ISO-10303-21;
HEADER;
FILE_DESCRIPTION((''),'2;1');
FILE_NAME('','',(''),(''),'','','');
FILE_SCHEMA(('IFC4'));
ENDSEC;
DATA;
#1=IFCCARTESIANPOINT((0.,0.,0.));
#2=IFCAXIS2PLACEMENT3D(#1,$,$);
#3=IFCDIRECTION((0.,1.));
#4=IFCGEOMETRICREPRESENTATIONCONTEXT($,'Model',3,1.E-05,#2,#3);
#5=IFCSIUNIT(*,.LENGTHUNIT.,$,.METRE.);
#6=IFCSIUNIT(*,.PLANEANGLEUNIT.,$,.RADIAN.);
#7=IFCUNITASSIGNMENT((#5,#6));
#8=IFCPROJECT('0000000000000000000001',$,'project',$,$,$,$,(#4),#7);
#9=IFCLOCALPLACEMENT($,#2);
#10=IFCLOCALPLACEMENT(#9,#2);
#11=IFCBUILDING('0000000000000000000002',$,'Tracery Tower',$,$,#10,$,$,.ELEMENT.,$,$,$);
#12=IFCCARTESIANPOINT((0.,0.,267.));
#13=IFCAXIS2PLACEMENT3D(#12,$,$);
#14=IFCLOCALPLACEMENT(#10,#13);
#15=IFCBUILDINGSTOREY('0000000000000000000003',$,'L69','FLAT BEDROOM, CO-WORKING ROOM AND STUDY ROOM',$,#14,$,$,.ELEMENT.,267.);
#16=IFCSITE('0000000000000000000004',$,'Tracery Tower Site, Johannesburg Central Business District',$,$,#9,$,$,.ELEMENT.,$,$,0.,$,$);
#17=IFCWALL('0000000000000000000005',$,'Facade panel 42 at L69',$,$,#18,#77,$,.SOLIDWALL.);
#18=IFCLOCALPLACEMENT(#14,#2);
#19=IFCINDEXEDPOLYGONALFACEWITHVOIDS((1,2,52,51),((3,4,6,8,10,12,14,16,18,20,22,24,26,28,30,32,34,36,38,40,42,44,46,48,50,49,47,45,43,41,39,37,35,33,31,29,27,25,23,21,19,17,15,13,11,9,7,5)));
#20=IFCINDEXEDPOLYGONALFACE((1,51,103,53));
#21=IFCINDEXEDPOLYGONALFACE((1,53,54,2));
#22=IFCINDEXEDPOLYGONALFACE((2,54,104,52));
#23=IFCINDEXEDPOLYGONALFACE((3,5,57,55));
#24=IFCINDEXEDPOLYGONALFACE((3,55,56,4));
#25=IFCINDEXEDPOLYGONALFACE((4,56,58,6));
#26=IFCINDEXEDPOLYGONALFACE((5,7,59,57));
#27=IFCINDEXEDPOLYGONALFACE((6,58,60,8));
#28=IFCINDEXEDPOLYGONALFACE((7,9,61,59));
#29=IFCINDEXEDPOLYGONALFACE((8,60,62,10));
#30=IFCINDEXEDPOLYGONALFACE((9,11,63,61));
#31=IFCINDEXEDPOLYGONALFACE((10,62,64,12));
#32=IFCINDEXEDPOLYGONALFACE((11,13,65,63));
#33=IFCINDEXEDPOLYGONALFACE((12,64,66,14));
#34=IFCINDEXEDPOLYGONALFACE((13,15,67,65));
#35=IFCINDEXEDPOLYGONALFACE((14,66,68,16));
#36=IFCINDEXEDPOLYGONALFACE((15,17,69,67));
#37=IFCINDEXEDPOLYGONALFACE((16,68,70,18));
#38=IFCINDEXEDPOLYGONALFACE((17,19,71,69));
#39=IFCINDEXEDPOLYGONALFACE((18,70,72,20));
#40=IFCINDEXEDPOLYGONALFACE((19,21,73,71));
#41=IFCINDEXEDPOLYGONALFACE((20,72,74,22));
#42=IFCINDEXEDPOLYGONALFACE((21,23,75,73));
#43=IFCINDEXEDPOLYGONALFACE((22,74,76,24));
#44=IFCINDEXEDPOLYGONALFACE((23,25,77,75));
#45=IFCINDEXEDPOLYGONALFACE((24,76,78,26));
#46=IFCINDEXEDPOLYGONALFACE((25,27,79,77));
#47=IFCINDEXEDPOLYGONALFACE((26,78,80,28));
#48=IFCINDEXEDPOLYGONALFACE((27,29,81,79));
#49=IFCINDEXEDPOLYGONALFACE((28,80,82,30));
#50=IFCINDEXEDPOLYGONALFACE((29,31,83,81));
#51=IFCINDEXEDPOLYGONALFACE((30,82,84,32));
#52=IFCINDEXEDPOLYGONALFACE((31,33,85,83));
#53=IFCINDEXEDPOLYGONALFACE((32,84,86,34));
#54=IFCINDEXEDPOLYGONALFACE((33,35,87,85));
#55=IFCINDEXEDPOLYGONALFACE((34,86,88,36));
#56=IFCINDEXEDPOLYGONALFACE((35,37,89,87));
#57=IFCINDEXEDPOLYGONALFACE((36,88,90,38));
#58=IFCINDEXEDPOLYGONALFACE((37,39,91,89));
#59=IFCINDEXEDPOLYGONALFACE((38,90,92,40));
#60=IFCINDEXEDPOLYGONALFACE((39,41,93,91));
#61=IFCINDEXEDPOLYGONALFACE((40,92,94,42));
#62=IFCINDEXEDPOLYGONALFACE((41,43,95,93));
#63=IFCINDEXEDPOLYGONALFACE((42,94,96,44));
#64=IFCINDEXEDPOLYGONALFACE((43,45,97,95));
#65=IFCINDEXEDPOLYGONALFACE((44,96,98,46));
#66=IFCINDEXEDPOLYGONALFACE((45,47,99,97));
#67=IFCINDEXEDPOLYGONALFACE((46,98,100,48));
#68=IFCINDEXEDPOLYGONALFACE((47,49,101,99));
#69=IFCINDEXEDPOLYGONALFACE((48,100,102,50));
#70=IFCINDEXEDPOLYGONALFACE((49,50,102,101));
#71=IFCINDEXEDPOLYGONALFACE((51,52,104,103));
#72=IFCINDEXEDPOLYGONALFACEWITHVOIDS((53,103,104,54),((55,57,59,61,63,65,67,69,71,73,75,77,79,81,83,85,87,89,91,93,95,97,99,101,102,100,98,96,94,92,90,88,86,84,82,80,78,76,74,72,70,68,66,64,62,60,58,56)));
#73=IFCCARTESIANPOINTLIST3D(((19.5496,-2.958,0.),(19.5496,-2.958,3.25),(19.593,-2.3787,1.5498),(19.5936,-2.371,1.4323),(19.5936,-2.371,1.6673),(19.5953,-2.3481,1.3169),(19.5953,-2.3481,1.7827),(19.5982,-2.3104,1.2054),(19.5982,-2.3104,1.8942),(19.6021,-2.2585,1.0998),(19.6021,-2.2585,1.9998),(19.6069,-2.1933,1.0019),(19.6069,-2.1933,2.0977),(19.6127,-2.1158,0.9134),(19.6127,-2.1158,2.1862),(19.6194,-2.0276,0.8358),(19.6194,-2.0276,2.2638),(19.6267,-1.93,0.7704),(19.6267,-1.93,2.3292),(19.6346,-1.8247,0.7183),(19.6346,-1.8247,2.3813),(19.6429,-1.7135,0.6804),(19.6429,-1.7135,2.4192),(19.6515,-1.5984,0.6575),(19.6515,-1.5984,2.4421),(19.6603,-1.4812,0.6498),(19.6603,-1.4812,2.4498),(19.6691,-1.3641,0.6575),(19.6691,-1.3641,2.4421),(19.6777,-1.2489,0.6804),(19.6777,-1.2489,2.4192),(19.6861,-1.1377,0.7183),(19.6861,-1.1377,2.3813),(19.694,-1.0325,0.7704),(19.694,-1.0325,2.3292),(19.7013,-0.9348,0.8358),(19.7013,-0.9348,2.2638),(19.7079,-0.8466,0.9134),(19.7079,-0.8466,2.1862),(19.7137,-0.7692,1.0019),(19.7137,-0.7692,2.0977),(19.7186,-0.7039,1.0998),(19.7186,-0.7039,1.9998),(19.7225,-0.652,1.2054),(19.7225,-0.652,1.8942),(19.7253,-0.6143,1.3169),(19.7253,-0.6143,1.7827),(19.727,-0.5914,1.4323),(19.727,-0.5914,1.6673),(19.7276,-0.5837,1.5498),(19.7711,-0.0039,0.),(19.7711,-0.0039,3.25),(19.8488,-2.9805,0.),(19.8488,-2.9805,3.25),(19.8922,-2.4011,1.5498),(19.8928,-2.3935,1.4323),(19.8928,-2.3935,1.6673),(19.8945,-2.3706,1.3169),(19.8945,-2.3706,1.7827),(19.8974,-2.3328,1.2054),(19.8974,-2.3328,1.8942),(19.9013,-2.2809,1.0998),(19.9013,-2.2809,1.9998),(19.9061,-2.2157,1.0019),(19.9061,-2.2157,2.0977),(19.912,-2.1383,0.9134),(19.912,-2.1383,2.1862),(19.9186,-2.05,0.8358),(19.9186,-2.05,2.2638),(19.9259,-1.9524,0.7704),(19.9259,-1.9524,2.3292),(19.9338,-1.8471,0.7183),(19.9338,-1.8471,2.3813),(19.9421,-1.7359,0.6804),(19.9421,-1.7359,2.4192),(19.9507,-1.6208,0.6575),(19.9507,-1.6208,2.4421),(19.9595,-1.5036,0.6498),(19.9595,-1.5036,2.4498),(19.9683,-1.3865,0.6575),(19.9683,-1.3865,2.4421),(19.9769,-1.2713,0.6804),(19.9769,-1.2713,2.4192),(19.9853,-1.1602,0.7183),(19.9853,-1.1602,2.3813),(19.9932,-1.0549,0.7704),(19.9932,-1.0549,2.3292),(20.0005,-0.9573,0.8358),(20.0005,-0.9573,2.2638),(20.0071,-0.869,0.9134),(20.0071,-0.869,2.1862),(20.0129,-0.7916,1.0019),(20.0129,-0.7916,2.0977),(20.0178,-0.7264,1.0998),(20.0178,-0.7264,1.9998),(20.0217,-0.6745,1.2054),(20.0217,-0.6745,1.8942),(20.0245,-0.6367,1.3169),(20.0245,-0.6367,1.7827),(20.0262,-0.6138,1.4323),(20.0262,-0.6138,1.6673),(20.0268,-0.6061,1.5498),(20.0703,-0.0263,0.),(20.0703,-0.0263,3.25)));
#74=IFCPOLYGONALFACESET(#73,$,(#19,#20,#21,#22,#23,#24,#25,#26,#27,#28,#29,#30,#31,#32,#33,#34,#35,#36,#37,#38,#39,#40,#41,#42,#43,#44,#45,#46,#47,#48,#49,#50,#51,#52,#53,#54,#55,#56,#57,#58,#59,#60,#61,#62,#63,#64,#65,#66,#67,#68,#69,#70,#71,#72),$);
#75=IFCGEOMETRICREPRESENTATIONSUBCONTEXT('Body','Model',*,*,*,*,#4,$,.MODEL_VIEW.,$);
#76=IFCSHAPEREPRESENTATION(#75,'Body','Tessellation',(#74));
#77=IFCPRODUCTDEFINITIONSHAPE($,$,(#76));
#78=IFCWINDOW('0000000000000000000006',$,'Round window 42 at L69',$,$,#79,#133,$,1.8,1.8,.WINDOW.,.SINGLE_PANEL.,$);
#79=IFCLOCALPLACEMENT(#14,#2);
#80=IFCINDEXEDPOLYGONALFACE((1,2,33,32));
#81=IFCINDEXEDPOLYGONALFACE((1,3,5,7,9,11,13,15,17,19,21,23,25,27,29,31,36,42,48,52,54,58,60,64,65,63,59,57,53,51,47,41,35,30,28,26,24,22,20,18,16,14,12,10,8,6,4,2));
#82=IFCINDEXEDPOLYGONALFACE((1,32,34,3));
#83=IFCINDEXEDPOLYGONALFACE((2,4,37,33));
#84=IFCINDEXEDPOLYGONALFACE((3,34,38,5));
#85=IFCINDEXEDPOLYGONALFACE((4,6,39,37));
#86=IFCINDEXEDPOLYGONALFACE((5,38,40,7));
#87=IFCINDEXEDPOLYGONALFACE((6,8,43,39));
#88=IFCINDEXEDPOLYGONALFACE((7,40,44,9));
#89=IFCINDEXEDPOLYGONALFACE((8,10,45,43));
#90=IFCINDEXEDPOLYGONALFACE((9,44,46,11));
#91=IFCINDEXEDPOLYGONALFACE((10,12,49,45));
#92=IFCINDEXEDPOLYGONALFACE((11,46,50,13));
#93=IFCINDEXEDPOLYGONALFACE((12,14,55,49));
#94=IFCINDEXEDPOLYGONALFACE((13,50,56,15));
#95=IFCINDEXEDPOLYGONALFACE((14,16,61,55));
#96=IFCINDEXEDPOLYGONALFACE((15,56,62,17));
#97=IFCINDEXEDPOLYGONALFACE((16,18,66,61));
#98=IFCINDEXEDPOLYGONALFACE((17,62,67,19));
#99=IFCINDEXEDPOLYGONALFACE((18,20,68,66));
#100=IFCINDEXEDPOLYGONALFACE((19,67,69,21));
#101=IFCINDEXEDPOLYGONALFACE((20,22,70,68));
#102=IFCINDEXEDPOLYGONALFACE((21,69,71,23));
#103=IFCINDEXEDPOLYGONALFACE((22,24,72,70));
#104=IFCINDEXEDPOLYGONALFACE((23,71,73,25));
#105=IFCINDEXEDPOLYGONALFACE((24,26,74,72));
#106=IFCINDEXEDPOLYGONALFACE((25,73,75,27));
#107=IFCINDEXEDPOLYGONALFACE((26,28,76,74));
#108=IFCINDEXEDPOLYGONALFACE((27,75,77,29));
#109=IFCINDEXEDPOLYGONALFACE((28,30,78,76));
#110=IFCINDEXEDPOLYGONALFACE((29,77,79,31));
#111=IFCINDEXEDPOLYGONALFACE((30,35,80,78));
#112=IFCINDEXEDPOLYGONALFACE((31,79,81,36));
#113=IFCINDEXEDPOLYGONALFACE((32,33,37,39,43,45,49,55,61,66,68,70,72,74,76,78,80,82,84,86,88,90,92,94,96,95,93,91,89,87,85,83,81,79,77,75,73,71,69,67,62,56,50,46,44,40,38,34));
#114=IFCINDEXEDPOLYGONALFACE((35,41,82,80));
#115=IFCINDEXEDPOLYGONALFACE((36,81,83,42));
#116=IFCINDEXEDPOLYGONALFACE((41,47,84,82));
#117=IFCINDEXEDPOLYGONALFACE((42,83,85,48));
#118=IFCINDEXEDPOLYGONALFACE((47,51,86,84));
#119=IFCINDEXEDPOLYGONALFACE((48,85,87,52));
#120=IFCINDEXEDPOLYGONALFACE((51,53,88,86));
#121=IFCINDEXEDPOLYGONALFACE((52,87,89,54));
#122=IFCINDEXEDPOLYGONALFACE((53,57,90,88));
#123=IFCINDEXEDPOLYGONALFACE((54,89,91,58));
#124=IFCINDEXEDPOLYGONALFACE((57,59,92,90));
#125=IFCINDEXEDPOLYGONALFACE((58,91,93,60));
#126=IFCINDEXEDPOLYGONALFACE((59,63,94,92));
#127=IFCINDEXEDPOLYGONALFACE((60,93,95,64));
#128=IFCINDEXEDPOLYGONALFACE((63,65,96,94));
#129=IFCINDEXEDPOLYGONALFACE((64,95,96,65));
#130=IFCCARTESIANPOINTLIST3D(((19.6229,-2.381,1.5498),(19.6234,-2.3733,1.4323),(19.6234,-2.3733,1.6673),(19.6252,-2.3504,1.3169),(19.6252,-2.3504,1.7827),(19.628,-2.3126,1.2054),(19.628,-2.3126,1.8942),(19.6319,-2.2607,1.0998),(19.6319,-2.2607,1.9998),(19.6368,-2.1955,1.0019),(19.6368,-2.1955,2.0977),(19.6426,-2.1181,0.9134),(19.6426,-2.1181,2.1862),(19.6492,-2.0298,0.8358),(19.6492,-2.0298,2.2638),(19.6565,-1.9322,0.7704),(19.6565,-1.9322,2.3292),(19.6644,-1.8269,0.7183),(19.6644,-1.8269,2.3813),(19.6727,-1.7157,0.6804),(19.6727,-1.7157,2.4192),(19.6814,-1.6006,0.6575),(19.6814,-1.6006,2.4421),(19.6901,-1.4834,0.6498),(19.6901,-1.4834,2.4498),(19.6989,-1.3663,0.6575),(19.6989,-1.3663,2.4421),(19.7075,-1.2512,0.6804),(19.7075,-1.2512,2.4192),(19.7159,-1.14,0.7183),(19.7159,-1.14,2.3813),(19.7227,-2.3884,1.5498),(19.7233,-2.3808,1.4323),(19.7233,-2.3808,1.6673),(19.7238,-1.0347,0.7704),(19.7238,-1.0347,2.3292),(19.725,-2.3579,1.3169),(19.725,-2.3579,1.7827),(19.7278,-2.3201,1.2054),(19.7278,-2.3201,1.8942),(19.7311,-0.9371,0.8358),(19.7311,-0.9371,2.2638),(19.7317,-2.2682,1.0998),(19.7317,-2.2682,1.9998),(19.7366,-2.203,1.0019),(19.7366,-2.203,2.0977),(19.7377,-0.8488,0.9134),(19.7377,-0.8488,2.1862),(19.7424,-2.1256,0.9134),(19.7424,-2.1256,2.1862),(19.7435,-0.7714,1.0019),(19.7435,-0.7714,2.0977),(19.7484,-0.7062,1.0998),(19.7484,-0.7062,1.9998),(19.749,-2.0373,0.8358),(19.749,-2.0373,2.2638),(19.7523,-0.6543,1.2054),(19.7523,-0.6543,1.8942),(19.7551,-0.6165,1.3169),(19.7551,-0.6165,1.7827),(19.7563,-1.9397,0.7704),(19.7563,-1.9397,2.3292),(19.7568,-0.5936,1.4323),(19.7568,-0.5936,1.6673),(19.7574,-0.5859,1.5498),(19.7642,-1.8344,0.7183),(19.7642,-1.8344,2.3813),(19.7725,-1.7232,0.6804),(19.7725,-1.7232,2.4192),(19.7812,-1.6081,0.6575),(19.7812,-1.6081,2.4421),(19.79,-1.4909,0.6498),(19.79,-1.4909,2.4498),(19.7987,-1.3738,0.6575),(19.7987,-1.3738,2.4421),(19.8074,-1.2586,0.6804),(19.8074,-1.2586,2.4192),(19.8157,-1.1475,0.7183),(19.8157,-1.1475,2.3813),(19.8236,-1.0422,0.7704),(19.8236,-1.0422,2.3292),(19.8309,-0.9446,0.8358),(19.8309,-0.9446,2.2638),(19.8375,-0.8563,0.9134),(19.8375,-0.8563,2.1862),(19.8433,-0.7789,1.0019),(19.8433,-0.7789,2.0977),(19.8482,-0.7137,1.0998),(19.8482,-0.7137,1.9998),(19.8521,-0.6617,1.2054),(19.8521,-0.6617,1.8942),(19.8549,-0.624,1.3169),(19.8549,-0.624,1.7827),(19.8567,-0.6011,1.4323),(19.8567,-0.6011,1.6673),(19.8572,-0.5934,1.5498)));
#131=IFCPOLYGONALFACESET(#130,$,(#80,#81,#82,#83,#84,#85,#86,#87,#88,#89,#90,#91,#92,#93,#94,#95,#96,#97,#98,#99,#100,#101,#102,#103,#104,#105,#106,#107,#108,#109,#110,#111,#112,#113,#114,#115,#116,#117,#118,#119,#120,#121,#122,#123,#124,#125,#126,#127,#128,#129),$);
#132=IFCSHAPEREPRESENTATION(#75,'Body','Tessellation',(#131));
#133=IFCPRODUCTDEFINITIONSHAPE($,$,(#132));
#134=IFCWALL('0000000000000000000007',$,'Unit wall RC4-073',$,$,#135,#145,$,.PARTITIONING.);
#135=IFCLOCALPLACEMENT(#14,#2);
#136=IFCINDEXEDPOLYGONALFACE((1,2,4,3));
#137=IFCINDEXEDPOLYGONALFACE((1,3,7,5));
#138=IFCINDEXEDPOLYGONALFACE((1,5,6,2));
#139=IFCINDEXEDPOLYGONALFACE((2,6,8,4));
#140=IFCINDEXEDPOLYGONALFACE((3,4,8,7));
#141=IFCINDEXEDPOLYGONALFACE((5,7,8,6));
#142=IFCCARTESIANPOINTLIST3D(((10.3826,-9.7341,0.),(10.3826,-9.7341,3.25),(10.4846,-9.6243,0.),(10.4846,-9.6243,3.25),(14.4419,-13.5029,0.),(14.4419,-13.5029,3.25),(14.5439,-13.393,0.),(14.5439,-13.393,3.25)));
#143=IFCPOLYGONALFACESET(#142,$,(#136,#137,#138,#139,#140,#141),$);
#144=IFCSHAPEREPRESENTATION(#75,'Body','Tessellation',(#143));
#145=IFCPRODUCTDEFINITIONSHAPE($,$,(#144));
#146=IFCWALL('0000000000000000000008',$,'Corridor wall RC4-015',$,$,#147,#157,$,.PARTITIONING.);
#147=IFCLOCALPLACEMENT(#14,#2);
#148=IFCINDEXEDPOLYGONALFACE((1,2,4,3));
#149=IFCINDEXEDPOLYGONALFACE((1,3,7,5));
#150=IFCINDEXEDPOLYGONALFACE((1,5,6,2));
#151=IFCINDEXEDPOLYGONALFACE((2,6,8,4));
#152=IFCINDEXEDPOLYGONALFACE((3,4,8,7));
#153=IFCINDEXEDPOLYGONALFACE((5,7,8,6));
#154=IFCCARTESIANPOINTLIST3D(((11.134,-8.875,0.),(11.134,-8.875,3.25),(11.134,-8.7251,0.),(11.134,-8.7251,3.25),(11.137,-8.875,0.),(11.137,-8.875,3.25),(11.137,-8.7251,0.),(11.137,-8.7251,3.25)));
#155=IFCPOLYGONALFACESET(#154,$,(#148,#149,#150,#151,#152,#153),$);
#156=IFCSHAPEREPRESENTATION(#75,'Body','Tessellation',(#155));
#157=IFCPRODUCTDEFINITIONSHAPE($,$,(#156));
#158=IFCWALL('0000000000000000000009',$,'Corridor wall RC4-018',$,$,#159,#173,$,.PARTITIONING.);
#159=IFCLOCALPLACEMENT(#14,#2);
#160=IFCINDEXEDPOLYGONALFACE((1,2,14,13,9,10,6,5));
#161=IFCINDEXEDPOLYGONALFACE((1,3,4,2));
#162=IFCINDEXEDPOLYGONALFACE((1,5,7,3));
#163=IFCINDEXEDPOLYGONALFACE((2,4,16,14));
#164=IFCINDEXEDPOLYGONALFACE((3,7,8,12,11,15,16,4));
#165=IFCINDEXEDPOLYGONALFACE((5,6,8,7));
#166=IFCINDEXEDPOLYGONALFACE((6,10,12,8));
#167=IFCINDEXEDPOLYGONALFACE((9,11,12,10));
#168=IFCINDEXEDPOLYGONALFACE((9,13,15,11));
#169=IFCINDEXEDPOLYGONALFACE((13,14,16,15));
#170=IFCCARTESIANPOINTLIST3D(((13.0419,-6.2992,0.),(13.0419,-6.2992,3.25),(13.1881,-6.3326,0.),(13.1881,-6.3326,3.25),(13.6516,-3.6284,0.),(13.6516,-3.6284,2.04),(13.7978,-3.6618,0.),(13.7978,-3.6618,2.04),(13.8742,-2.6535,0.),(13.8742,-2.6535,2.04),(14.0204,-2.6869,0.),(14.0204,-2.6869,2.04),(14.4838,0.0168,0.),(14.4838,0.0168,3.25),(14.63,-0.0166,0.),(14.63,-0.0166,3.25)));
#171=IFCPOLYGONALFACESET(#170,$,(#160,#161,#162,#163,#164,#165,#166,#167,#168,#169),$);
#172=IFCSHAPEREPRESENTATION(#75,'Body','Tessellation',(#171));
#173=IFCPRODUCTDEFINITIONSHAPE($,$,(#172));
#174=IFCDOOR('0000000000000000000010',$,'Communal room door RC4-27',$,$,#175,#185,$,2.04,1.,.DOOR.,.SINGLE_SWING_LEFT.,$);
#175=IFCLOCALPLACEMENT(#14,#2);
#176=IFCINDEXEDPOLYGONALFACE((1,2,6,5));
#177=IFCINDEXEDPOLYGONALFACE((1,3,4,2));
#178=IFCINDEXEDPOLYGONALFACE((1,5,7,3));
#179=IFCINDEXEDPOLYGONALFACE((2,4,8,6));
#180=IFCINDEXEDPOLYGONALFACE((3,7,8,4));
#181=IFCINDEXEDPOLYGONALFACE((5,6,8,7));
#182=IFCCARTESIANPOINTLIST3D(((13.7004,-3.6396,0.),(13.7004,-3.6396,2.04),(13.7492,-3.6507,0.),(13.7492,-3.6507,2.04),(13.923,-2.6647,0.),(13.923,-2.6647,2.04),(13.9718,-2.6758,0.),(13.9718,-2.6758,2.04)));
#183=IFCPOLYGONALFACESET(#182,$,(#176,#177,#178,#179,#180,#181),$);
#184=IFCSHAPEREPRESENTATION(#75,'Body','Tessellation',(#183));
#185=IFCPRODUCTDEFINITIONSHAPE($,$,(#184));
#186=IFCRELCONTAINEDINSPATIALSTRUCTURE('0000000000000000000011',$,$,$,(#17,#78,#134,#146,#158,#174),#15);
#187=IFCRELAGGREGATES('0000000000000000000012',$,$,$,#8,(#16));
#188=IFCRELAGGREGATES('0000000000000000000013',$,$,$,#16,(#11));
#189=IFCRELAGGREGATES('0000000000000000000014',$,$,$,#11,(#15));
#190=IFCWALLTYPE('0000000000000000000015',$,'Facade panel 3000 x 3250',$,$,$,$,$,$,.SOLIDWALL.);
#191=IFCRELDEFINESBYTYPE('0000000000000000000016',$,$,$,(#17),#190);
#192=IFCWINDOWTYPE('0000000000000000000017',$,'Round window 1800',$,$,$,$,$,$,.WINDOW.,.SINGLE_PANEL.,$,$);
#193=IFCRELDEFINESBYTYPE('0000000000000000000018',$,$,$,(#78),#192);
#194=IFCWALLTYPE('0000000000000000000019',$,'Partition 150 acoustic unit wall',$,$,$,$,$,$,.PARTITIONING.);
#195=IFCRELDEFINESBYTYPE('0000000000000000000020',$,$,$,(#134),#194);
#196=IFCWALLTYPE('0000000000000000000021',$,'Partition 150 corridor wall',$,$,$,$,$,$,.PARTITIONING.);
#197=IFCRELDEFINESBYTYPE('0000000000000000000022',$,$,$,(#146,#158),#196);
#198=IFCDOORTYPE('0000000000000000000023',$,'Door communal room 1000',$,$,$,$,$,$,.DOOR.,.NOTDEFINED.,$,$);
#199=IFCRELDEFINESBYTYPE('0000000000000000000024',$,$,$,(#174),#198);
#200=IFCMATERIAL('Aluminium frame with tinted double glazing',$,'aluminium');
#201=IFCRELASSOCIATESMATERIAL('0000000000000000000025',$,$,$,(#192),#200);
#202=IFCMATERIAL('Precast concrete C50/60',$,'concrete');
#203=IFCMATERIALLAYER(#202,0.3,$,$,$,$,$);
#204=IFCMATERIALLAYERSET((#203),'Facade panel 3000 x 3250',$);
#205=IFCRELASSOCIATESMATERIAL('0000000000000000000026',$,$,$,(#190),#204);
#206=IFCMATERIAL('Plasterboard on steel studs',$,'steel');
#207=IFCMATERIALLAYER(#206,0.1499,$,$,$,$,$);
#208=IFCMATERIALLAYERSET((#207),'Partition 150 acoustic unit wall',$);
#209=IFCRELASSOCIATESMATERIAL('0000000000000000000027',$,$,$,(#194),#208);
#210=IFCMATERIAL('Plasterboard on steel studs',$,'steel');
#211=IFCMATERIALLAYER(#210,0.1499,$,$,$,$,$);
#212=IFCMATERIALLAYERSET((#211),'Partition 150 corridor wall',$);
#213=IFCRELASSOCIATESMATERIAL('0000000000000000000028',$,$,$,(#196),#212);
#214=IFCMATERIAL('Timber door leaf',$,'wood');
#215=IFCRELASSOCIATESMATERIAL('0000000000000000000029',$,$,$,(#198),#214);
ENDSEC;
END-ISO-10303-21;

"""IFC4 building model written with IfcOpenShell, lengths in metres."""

from ifc_helpers import new_model, si_unit, direction, frame, frame_2d, origin, origin_2d, place, context, subcontext, project, spatial, rectangle, circle, extrude, material, layer, layer_set, type_object, element, fill, save


model = new_model("IFC4")

# Units and contexts
model_context = context("Model", 3, precision=1e-05, world=origin(), true_north=direction((0.0, 1.0)))
body_context = subcontext(model_context, "Body", "Model", "MODEL_VIEW")
ifc_project = project(units=[si_unit("LENGTHUNIT", "METRE"), si_unit("PLANEANGLEUNIT", "RADIAN")], contexts=[model_context])

# Site, building, storey
site_placement = place(None, origin())
site = spatial("IfcSite", under=ifc_project, at=site_placement, Name="Tracery Tower Site, Johannesburg Central Business District", CompositionType="ELEMENT", RefElevation=0.0)
building_placement = place(site_placement, origin())
building = spatial("IfcBuilding", under=site, at=building_placement, Name="Tracery Tower", CompositionType="ELEMENT")
storey_placement = place(building_placement, frame((0.0, 0.0, 267.0)))
storey = spatial("IfcBuildingStorey", under=building, at=storey_placement, Name="L69", Description="FLAT BEDROOM, CO-WORKING ROOM AND STUDY ROOM", CompositionType="ELEMENT", Elevation=267.0)

# Wall, opening, window
ifc_material_1 = material(Name="Aluminium frame with tinted double glazing", Category="aluminium")
window_type = type_object("IfcWindowType", Name="Round window 1800", PartitioningType="SINGLE_PANEL", PredefinedType="WINDOW", material=ifc_material_1)
ifc_material_2 = material(Name="Precast concrete C50/60", Category="concrete")
ifc_layer_1 = layer(ifc_material_2, 0.3)
ifc_layer_set_1 = layer_set([ifc_layer_1], Name="Facade panel 3000 x 3250")
wall_type_1 = type_object("IfcWallType", Name="Facade panel 3000 x 3250", PredefinedType="SOLIDWALL", material=ifc_layer_set_1)
wall_1_placement = place(storey_placement, frame((19.6992, -2.9692, 0.0), z_axis=(0.0, 0.0, 1.0), x_axis=(0.074749, 0.997202, 0.0)))
wall_1 = element("IfcWall", 1, at=wall_1_placement, inside=storey, type_object=wall_type_1, Name="Facade panel 42 at L69", PredefinedType="SOLIDWALL", context=body_context, shape_type="SweptSolid", body=[
    extrude(rectangle(XDim=2.9624, YDim=0.3, at=frame_2d((1.4812, 0.0))), origin(), (0.0, 0.0, 1.0), 3.25),
])
opening_1_placement = place(wall_1_placement, frame((1.481, 0.0, 1.5498)))
opening_1 = element("IfcOpeningElement", 2, at=opening_1_placement, cuts=wall_1, PredefinedType="OPENING", context=body_context, shape_type="SweptSolid", body=[
    extrude(circle(Radius=0.9, at=origin_2d()), frame((0.0, 0.1599, 0.0), z_axis=(0.0, -1.0, 0.0), x_axis=(1.0, 0.0, 0.0)), (0.0, 0.0, 1.0), 0.3201),
])
window_1_placement = place(opening_1_placement, origin())
window_1 = element("IfcWindow", 3, at=window_1_placement, inside=storey, type_object=window_type, Name="Round window 42 at L69", OverallHeight=1.8, OverallWidth=1.8, PartitioningType="SINGLE_PANEL", PredefinedType="WINDOW", context=body_context, shape_type="SweptSolid", body=[
    extrude(circle(Radius=0.9, at=origin_2d()), frame((0.0, 0.1201, 0.0), z_axis=(0.0, -1.0, 0.0), x_axis=(1.0, 0.0, 0.0)), (0.0, 0.0, 1.0), 0.1001),
])
fill(opening_1, window_1)

# Walls
ifc_material_3 = material(Name="Plasterboard on steel studs", Category="steel")
ifc_layer_2 = layer(ifc_material_3, 0.1499)
ifc_layer_set_2 = layer_set([ifc_layer_2], Name="Partition 150 acoustic unit wall")
wall_type_2 = type_object("IfcWallType", Name="Partition 150 acoustic unit wall", PredefinedType="PARTITIONING", material=ifc_layer_set_2)
wall_2_placement = place(storey_placement, frame((10.4336, -9.6792, 0.0), z_axis=(0.0, 0.0, 1.0), x_axis=(0.732845, -0.680395, 0.0)))
element("IfcWall", 4, at=wall_2_placement, inside=storey, type_object=wall_type_2, Name="Unit wall RC4-073", PredefinedType="PARTITIONING", context=body_context, shape_type="SweptSolid", body=[
    extrude(rectangle(XDim=5.5391, YDim=0.1499, at=frame_2d((2.7695, 0.0))), origin(), (0.0, 0.0, 1.0), 3.25),
])
ifc_material_4 = material(Name="Plasterboard on steel studs", Category="steel")
ifc_layer_3 = layer(ifc_material_4, 0.1499)
ifc_layer_set_3 = layer_set([ifc_layer_3], Name="Partition 150 corridor wall")
wall_type_3 = type_object("IfcWallType", Name="Partition 150 corridor wall", PredefinedType="PARTITIONING", material=ifc_layer_set_3)
wall_3_placement = place(storey_placement, frame((11.137, -8.8, 0.0), z_axis=(0.0, 0.0, 1.0), x_axis=(-1.0, 0.0, 0.0)))
element("IfcWall", 5, at=wall_3_placement, inside=storey, type_object=wall_type_3, Name="Corridor wall RC4-015", PredefinedType="PARTITIONING", context=body_context, shape_type="SweptSolid", body=[
    extrude(rectangle(XDim=0.0029, YDim=0.1499, at=frame_2d((0.0015, 0.0))), origin(), (0.0, 0.0, 1.0), 3.25),
])

# Wall, opening, door
wall_4_placement = place(storey_placement, frame((13.115, -6.3159, 0.0), z_axis=(0.0, 0.0, 1.0), x_axis=(0.222569, 0.974917, 0.0)))
wall_4 = element("IfcWall", 6, at=wall_4_placement, inside=storey, type_object=wall_type_3, Name="Corridor wall RC4-018", PredefinedType="PARTITIONING", context=body_context, shape_type="SweptSolid", body=[
    extrude(rectangle(XDim=6.4785, YDim=0.1499, at=frame_2d((3.2393, 0.0))), origin(), (0.0, 0.0, 1.0), 3.25),
])
opening_2_placement = place(wall_4_placement, frame((2.7395, 0.0, 0.0)))
opening_2 = element("IfcOpeningElement", 7, at=opening_2_placement, cuts=wall_4, PredefinedType="OPENING", context=body_context, shape_type="SweptSolid", body=[
    extrude(rectangle(XDim=1.0, YDim=2.04, at=frame_2d((0.5, 1.02))), frame((0.0, 0.075, 0.0), z_axis=(0.0, -1.0, 0.0), x_axis=(1.0, 0.0, 0.0)), (0.0, 0.0, 1.0), 0.1499),
])
ifc_material_5 = material(Name="Timber door leaf", Category="wood")
door_type_1 = type_object("IfcDoorType", Name="Door communal room 1000", OperationType="NOTDEFINED", PredefinedType="DOOR", material=ifc_material_5)
door_1_placement = place(opening_2_placement, origin())
door_1 = element("IfcDoor", 8, at=door_1_placement, inside=storey, type_object=door_type_1, Name="Communal room door RC4-27", OperationType="SINGLE_SWING_LEFT", OverallHeight=2.04, OverallWidth=1.0, PredefinedType="DOOR", context=body_context, shape_type="SweptSolid", body=[
    extrude(rectangle(XDim=1.0, YDim=2.04, at=frame_2d((0.5, 1.02))), frame((0.0, 0.0249, 0.0), z_axis=(0.0, -1.0, 0.0), x_axis=(1.0, 0.0, 0.0)), (0.0, 0.0, 1.0), 0.05),
])
fill(opening_2, door_1)

save(model, "model.ifc")
